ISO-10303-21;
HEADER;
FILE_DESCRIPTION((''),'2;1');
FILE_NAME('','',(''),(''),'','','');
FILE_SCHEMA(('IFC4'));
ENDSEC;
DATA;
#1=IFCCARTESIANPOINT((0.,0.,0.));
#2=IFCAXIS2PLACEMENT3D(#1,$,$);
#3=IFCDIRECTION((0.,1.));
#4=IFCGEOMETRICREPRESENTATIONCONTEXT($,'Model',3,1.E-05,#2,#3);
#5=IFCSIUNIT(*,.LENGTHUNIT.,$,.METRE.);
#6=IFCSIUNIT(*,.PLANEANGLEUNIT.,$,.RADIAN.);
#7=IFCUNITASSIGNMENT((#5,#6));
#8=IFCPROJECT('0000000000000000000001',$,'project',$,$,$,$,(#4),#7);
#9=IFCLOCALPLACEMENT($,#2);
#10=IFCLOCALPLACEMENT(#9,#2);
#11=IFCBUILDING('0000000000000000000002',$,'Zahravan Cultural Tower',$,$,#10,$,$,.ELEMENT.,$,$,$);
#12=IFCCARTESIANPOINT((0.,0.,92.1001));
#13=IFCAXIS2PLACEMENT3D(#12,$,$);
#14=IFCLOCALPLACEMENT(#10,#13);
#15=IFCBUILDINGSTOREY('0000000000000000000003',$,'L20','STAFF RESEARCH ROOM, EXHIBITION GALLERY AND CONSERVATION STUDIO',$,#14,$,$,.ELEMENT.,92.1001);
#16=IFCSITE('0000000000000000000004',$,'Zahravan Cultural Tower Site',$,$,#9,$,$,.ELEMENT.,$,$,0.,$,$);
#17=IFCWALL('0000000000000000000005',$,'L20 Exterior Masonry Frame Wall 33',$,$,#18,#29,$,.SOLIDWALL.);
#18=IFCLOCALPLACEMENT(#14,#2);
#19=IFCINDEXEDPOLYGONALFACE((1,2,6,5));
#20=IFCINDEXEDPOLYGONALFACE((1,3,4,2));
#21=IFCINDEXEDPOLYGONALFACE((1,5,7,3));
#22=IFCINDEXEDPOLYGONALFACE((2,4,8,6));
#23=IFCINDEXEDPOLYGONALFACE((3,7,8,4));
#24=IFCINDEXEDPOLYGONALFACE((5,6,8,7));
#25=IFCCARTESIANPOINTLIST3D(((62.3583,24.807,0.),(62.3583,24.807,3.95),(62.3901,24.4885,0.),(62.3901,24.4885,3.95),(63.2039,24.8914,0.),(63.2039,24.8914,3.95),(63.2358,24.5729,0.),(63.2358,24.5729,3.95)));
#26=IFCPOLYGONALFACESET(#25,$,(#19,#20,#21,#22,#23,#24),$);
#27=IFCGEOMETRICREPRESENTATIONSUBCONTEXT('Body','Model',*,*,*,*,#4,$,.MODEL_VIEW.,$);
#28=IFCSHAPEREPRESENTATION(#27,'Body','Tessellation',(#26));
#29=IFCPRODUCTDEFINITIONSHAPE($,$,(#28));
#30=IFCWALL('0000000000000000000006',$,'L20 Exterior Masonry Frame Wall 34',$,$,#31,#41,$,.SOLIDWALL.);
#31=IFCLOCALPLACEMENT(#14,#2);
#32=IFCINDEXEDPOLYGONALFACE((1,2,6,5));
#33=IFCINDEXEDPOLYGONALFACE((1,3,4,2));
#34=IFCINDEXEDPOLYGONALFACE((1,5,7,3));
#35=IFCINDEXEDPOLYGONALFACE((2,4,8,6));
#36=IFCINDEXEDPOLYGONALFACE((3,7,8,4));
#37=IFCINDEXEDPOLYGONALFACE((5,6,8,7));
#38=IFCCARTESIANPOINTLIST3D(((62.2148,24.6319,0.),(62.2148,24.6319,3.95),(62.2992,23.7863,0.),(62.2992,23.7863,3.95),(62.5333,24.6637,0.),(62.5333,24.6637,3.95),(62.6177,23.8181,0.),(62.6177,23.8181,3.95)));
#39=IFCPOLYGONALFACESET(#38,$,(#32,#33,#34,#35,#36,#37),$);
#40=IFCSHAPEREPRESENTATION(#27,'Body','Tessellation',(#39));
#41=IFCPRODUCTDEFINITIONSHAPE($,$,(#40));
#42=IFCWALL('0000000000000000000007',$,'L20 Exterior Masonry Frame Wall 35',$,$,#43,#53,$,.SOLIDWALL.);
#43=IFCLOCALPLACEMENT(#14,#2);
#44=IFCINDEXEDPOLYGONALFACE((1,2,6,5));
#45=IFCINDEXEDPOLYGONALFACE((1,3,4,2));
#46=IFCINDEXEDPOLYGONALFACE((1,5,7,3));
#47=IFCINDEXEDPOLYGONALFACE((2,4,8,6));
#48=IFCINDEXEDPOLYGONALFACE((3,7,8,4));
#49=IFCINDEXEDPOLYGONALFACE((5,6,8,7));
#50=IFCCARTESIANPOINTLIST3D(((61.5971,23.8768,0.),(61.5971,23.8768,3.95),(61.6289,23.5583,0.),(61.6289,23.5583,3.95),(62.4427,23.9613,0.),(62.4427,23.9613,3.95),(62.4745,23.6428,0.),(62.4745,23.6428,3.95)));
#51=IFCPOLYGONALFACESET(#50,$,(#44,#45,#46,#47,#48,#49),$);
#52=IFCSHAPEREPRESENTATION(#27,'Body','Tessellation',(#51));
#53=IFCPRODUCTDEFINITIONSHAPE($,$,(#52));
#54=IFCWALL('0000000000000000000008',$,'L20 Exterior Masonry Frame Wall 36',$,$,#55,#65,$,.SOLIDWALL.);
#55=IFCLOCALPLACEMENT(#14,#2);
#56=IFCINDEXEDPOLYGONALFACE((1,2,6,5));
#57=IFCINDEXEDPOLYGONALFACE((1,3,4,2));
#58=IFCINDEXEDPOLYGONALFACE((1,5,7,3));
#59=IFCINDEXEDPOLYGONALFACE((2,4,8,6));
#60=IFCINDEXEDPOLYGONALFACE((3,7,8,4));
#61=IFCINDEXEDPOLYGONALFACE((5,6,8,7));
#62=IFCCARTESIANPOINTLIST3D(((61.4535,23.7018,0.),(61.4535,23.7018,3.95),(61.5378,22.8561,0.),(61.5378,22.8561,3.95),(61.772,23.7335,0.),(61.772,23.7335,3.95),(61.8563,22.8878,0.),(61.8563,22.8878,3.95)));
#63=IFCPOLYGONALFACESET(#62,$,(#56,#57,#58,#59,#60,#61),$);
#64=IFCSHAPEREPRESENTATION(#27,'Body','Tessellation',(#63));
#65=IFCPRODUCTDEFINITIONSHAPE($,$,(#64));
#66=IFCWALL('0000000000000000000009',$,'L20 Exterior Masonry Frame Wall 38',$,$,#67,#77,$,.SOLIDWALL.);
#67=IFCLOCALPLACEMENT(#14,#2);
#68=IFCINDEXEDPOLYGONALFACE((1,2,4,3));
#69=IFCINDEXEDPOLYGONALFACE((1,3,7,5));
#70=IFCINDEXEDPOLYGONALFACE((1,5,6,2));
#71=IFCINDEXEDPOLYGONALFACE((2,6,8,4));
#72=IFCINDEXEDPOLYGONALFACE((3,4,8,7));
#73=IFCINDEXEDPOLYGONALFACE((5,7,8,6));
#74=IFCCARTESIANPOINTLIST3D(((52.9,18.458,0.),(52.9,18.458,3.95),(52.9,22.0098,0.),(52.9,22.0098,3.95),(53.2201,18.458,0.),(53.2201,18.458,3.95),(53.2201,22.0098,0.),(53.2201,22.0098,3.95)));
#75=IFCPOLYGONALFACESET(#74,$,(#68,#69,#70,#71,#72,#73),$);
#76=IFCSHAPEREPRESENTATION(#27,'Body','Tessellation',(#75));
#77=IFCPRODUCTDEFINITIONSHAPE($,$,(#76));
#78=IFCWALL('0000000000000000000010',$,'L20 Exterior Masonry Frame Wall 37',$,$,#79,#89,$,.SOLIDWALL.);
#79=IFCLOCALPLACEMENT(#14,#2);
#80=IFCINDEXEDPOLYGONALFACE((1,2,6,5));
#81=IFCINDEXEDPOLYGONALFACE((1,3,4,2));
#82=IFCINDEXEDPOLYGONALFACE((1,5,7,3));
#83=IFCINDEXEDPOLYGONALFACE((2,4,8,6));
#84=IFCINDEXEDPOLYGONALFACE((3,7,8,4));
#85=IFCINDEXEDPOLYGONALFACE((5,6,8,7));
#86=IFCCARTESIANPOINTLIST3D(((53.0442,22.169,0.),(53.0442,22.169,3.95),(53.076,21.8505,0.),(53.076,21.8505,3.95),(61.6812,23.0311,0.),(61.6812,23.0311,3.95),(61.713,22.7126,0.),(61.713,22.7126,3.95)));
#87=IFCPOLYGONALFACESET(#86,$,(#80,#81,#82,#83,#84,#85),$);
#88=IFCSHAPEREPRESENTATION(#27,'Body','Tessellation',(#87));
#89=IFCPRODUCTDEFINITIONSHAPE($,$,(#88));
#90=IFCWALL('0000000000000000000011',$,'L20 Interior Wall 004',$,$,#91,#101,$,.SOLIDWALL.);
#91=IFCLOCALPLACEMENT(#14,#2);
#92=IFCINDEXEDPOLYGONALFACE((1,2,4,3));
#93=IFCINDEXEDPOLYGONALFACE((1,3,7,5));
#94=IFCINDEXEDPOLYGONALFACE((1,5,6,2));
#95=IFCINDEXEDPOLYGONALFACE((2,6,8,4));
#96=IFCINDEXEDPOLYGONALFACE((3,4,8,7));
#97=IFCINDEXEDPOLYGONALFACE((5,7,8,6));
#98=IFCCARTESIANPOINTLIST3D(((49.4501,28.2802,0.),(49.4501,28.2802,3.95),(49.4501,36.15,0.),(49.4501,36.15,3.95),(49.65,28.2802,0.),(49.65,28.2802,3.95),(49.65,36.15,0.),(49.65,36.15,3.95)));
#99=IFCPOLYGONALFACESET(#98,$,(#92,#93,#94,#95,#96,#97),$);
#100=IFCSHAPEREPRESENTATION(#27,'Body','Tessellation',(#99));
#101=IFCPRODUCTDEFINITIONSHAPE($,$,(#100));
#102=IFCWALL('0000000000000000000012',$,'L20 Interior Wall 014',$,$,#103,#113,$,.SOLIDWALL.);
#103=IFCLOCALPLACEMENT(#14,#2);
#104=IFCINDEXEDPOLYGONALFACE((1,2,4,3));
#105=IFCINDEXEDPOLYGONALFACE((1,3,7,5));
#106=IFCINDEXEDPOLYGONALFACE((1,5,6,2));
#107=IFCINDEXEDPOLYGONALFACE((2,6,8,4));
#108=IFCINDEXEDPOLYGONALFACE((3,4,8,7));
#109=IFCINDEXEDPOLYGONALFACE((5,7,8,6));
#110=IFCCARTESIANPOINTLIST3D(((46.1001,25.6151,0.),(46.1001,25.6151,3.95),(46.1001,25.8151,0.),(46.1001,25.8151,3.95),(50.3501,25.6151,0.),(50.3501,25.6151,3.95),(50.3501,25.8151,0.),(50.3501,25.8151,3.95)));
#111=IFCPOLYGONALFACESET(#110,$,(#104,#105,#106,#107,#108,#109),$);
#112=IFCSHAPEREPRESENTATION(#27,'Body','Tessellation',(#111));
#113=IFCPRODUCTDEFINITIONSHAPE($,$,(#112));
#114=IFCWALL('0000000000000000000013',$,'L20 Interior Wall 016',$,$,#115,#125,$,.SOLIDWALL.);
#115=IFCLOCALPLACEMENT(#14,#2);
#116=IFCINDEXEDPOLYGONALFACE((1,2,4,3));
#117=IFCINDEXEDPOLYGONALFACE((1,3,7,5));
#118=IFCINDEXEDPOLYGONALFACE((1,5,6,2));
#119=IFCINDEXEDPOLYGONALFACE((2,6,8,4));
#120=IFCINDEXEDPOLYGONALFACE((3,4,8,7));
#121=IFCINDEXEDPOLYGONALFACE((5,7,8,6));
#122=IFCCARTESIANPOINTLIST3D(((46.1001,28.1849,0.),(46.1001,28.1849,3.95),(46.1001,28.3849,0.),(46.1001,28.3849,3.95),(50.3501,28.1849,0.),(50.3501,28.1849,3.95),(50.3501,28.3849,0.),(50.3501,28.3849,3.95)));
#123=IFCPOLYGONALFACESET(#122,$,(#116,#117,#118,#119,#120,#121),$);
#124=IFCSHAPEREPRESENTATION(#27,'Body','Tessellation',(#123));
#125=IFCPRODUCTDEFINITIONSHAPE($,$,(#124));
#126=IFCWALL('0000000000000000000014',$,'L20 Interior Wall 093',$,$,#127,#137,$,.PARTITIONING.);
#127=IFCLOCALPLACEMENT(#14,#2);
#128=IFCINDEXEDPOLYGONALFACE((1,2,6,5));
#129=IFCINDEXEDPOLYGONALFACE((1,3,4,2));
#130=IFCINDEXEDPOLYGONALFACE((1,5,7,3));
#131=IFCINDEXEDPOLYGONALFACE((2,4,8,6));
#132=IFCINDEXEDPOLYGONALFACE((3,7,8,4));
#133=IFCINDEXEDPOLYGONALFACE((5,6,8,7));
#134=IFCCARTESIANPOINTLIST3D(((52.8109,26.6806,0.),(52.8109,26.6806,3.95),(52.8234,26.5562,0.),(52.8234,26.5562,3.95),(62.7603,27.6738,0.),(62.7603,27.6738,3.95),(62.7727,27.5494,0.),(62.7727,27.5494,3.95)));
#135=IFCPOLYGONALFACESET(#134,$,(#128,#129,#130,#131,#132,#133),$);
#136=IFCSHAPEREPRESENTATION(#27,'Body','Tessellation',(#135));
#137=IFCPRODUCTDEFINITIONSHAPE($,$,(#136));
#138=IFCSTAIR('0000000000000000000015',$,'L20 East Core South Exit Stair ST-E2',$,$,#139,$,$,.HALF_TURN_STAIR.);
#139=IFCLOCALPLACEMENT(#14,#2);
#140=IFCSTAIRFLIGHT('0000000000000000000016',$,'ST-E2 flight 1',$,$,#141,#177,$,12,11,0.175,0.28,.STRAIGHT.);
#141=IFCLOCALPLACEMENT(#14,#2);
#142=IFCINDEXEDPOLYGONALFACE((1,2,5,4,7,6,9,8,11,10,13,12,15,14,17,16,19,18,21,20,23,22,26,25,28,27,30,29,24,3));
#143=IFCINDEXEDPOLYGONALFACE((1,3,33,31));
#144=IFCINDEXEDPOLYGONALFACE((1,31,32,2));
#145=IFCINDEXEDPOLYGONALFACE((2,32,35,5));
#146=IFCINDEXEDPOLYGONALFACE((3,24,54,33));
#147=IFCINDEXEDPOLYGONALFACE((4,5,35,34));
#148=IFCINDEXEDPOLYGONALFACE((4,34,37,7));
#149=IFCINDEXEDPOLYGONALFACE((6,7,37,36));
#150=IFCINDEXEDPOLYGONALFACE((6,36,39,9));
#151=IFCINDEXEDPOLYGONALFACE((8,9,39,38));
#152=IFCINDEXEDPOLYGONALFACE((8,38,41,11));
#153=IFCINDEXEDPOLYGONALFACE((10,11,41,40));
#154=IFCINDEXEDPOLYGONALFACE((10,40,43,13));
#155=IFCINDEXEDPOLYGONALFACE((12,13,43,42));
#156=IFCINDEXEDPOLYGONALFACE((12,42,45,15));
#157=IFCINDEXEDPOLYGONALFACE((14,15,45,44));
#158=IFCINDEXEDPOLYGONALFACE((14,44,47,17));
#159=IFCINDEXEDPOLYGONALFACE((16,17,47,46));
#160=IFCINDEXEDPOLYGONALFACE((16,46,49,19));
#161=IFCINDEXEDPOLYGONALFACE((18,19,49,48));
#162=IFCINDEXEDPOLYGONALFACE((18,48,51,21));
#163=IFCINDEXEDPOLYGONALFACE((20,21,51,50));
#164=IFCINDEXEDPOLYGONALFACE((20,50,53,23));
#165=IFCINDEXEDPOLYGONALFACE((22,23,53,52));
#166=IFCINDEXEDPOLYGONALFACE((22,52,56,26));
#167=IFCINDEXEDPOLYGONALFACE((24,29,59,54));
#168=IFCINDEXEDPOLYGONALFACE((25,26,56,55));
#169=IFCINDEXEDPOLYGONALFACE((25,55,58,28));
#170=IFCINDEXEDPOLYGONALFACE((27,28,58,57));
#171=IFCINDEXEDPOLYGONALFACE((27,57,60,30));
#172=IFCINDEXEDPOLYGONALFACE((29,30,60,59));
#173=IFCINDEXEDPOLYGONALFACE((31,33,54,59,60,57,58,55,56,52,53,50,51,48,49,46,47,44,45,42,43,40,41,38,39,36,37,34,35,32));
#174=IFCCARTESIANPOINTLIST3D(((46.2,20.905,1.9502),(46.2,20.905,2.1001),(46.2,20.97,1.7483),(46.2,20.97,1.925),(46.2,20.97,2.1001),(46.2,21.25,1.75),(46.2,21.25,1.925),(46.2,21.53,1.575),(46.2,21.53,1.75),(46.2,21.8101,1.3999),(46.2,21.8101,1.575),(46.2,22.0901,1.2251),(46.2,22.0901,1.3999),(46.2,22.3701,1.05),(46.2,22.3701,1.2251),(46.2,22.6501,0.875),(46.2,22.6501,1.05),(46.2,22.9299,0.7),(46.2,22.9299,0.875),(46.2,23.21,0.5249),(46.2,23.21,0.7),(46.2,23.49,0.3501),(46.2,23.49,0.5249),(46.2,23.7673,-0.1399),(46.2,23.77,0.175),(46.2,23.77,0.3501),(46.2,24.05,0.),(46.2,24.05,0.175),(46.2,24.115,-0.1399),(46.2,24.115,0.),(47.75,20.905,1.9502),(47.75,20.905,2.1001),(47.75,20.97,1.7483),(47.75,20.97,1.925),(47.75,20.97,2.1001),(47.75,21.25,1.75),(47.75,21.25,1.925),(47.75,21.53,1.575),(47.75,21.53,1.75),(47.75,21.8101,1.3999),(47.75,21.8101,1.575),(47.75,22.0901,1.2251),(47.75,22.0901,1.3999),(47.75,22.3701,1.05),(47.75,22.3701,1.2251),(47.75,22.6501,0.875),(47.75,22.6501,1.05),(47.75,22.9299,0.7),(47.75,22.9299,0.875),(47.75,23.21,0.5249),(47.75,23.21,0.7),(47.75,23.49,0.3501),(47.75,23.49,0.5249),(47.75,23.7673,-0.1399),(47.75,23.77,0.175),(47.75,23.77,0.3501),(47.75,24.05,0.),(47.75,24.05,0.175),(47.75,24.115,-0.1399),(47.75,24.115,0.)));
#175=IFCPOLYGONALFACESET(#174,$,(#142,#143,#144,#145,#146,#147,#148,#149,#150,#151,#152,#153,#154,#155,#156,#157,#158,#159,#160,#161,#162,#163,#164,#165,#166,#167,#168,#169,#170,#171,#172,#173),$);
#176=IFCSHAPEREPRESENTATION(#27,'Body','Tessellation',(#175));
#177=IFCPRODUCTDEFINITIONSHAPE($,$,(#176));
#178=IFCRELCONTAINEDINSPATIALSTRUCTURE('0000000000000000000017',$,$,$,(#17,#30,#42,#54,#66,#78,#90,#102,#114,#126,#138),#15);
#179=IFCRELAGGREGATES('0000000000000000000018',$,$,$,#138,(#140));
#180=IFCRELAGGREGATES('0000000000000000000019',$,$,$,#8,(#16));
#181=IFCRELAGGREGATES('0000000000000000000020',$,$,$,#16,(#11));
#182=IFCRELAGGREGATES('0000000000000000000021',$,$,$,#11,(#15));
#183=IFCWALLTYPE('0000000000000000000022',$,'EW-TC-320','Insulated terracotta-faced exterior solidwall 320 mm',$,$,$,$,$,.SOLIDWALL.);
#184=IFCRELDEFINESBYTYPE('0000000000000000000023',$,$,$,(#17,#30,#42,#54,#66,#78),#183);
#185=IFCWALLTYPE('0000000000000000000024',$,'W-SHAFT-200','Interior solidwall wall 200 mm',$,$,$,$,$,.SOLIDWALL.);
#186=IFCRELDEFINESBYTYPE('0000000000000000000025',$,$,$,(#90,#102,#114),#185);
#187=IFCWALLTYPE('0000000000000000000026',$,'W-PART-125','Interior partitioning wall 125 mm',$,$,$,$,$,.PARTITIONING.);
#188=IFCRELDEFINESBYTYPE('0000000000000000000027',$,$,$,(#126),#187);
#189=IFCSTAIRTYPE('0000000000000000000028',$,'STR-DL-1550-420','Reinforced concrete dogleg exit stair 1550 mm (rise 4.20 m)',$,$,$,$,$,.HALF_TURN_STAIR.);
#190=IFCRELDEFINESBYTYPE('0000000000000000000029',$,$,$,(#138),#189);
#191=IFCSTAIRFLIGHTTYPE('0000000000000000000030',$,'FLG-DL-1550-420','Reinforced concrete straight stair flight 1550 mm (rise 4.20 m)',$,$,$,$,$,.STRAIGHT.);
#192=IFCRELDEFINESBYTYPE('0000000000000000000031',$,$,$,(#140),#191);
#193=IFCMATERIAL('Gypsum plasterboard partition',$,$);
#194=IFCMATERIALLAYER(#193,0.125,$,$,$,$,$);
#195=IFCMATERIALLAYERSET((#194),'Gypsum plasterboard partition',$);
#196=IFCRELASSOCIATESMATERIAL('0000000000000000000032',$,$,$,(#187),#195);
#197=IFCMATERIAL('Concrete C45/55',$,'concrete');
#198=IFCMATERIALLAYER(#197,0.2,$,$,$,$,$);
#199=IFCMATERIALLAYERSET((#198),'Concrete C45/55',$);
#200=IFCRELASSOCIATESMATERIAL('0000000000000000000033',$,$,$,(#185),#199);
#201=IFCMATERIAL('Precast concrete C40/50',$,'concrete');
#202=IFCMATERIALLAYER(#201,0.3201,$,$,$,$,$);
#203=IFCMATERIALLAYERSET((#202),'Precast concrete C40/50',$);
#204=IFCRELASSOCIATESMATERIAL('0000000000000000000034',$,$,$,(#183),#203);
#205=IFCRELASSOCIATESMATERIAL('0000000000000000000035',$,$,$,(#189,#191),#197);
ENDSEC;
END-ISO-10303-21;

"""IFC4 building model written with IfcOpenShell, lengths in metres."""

from ifc_helpers import new_model, si_unit, direction, frame, frame_2d, origin, place, context, subcontext, project, spatial, polyline, rectangle, outline, extrude, source, transform, mapped, material, layer, layer_set, type_object, element, aggregate, save


model = new_model("IFC4")

# Units and contexts
model_context = context("Model", 3, precision=1e-05, world=origin(), true_north=direction((0.0, 1.0)))
body_context = subcontext(model_context, "Body", "Model", "MODEL_VIEW")
ifc_project = project(units=[si_unit("LENGTHUNIT", "METRE"), si_unit("PLANEANGLEUNIT", "RADIAN")], contexts=[model_context])

# Site, building, storey
site_placement = place(None, origin())
site = spatial("IfcSite", under=ifc_project, at=site_placement, Name="Zahravan Cultural Tower Site", CompositionType="ELEMENT", RefElevation=0.0)
building_placement = place(site_placement, origin())
building = spatial("IfcBuilding", under=site, at=building_placement, Name="Zahravan Cultural Tower", CompositionType="ELEMENT")
storey_placement = place(building_placement, frame((0.0, 0.0, 92.1001)))
storey = spatial("IfcBuildingStorey", under=building, at=storey_placement, Name="L20", Description="STAFF RESEARCH ROOM, EXHIBITION GALLERY AND CONSERVATION STUDIO", CompositionType="ELEMENT", Elevation=92.1001)

# Shared definitions
ifc_material_1 = material(Name="Gypsum plasterboard partition")
ifc_layer_1 = layer(ifc_material_1, 0.125)
ifc_layer_set_1 = layer_set([ifc_layer_1], Name="Gypsum plasterboard partition")
wall_type_1 = type_object("IfcWallType", Name="W-PART-125", Description="Interior partitioning wall 125 mm", PredefinedType="PARTITIONING", material=ifc_layer_set_1)
ifc_material_2 = material(Name="Concrete C45/55", Category="concrete")
ifc_layer_2 = layer(ifc_material_2, 0.2)
ifc_layer_set_2 = layer_set([ifc_layer_2], Name="Concrete C45/55")
wall_type_2 = type_object("IfcWallType", Name="W-SHAFT-200", Description="Interior solidwall wall 200 mm", PredefinedType="SOLIDWALL", material=ifc_layer_set_2)

# Walls
ifc_material_3 = material(Name="Precast concrete C40/50", Category="concrete")
ifc_layer_3 = layer(ifc_material_3, 0.3201)
ifc_layer_set_3 = layer_set([ifc_layer_3], Name="Precast concrete C40/50")
wall_type_3 = type_object("IfcWallType", Name="EW-TC-320", Description="Insulated terracotta-faced exterior solidwall 320 mm", PredefinedType="SOLIDWALL", material=ifc_layer_set_3)
shared_shape_1 = source(origin(), body_context, "Body", "SweptSolid", [
    extrude(rectangle(XDim=0.8499, YDim=0.3201, at=frame_2d((0.4248, 0.0))), origin(), (0.0, 0.0, 1.0), 3.95),
])
for number, where, z_axis, x_axis, name in (
    (1, (63.2197, 24.7322, 0.0), (0.0, 0.0, 1.0), (-0.995049, -0.09939, 0.0), "L20 Exterior Masonry Frame Wall 33"),
    (2, (62.374, 24.6477, 0.0), (0.0, 0.0, 1.0), (0.09939, -0.995049, 0.0), "L20 Exterior Masonry Frame Wall 34"),
    (3, (62.4585, 23.802, 0.0), (0.0, 0.0, 1.0), (-0.995049, -0.09939, 0.0), "L20 Exterior Masonry Frame Wall 35"),
    (4, (61.6128, 23.7175, 0.0), (0.0, 0.0, 1.0), (0.099106, -0.995077, 0.0), "L20 Exterior Masonry Frame Wall 36"),
):
    element("IfcWall", number, at=place(storey_placement, frame(where, z_axis=z_axis, x_axis=x_axis)), inside=storey, type_object=wall_type_3, Name=name, PredefinedType="SOLIDWALL", context=body_context, shape_type="MappedRepresentation", body=[
        mapped(shared_shape_1, transform((0.0, 0.0, 0.0), x_axis=(1.0, 0.0, 0.0), y_axis=(0.0, 1.0, 0.0), z_axis=(0.0, 0.0, 1.0), scale=1.0)),
    ])
shared_shape_2 = source(origin(), body_context, "Body", "SweptSolid", [
    extrude(rectangle(XDim=3.5518, YDim=0.3201, at=frame_2d((1.7759, 0.0))), origin(), (0.0, 0.0, 1.0), 3.95),
])
wall_1_placement = place(storey_placement, frame((53.0601, 22.0098, 0.0), z_axis=(0.0, 0.0, 1.0), x_axis=(0.0, -1.0, 0.0)))
element("IfcWall", 5, at=wall_1_placement, inside=storey, type_object=wall_type_3, Name="L20 Exterior Masonry Frame Wall 38", PredefinedType="SOLIDWALL", context=body_context, shape_type="MappedRepresentation", body=[
    mapped(shared_shape_2, transform((0.0, 0.0, 0.0), x_axis=(1.0, 0.0, 0.0), y_axis=(0.0, 1.0, 0.0), z_axis=(0.0, 0.0, 1.0), scale=1.0)),
])
shared_shape_3 = source(origin(), body_context, "Body", "SweptSolid", [
    extrude(rectangle(XDim=8.6799, YDim=0.3201, at=frame_2d((4.3398, 0.0))), origin(), (0.0, 0.0, 1.0), 3.95),
])
wall_2_placement = place(storey_placement, frame((61.697, 22.8718, 0.0), z_axis=(0.0, 0.0, 1.0), x_axis=(-0.995056, -0.099317, 0.0)))
element("IfcWall", 6, at=wall_2_placement, inside=storey, type_object=wall_type_3, Name="L20 Exterior Masonry Frame Wall 37", PredefinedType="SOLIDWALL", context=body_context, shape_type="MappedRepresentation", body=[
    mapped(shared_shape_3, transform((0.0, 0.0, 0.0), x_axis=(1.0, 0.0, 0.0), y_axis=(0.0, 1.0, 0.0), z_axis=(0.0, 0.0, 1.0), scale=1.0)),
])
shared_shape_4 = source(origin(), body_context, "Body", "SweptSolid", [
    extrude(rectangle(XDim=7.8699, YDim=0.2, at=frame_2d((3.9351, 0.0))), origin(), (0.0, 0.0, 1.0), 3.95),
])
wall_3_placement = place(storey_placement, frame((49.55, 28.28, 0.0), z_axis=(0.0, 0.0, 1.0), x_axis=(0.0, 1.0, 0.0)))
element("IfcWall", 7, at=wall_3_placement, inside=storey, type_object=wall_type_2, Name="L20 Interior Wall 004", PredefinedType="SOLIDWALL", context=body_context, shape_type="MappedRepresentation", body=[
    mapped(shared_shape_4, transform((0.0, 0.0, 0.0), x_axis=(1.0, 0.0, 0.0), y_axis=(0.0, 1.0, 0.0), z_axis=(0.0, 0.0, 1.0), scale=1.0)),
])
shared_shape_5 = source(origin(), body_context, "Body", "SweptSolid", [
    extrude(rectangle(XDim=4.25, YDim=0.2, at=frame_2d((2.125, 0.0))), origin(), (0.0, 0.0, 1.0), 3.95),
])
for number, where, z_axis, x_axis, name in (
    (8, (46.1001, 25.7151, 0.0), (0.0, 0.0, 1.0), (1.0, 0.0, 0.0), "L20 Interior Wall 014"),
    (9, (46.1001, 28.2849, 0.0), (0.0, 0.0, 1.0), (1.0, 0.0, 0.0), "L20 Interior Wall 016"),
):
    element("IfcWall", number, at=place(storey_placement, frame(where, z_axis=z_axis, x_axis=x_axis)), inside=storey, type_object=wall_type_2, Name=name, PredefinedType="SOLIDWALL", context=body_context, shape_type="MappedRepresentation", body=[
        mapped(shared_shape_5, transform((0.0, 0.0, 0.0), x_axis=(1.0, 0.0, 0.0), y_axis=(0.0, 1.0, 0.0), z_axis=(0.0, 0.0, 1.0), scale=1.0)),
    ])
shared_shape_6 = source(origin(), body_context, "Body", "SweptSolid", [
    extrude(rectangle(XDim=9.9988, YDim=0.125, at=frame_2d((4.9995, 0.0))), origin(), (0.0, 0.0, 1.0), 3.95),
])
wall_4_placement = place(storey_placement, frame((62.7666, 27.6116, 0.0), z_axis=(0.0, 0.0, 1.0), x_axis=(-0.995055, -0.09933, 0.0)))
element("IfcWall", 10, at=wall_4_placement, inside=storey, type_object=wall_type_1, Name="L20 Interior Wall 093", PredefinedType="PARTITIONING", context=body_context, shape_type="MappedRepresentation", body=[
    mapped(shared_shape_6, transform((0.0, 0.0, 0.0), x_axis=(1.0, 0.0, 0.0), y_axis=(0.0, 1.0, 0.0), z_axis=(0.0, 0.0, 1.0), scale=1.0)),
])

# Stair, stair flight
stair_type = type_object("IfcStairType", Name="STR-DL-1550-420", Description="Reinforced concrete dogleg exit stair 1550 mm (rise 4.20 m)", PredefinedType="HALF_TURN_STAIR", material=ifc_material_2)
stair_placement = place(storey_placement, origin())
stair = element("IfcStair", 11, at=stair_placement, inside=storey, type_object=stair_type, Name="L20 East Core South Exit Stair ST-E2", PredefinedType="HALF_TURN_STAIR")
stair_flight_type = type_object("IfcStairFlightType", Name="FLG-DL-1550-420", Description="Reinforced concrete straight stair flight 1550 mm (rise 4.20 m)", PredefinedType="STRAIGHT", material=ifc_material_2)
stair_flight_1_placement = place(storey_placement, frame((46.9751, 24.05, 0.0), z_axis=(0.0, 0.0, 1.0), x_axis=(0.0, -1.0, 0.0)))
stair_flight_1 = element("IfcStairFlight", 12, at=stair_flight_1_placement, type_object=stair_flight_type, Name="ST-E2 flight 1", NumberOfRisers=12, NumberOfTreads=11, PredefinedType="STRAIGHT", RiserHeight=0.175, TreadLength=0.28, context=body_context, shape_type="SweptSolid", body=[
    extrude(outline(polyline([(-0.0649, -0.1399), (-0.0649, 0.0), (0.0, 0.0), (0.0, 0.175), (0.28, 0.175), (0.28, 0.3501), (0.5601, 0.3501), (0.5601, 0.5249), (0.8401, 0.5249), (0.8401, 0.7), (1.1201, 0.7), (1.1201, 0.875), (1.3999, 0.875), (1.3999, 1.05), (1.6799, 1.05), (1.6799, 1.2251), (1.96, 1.2251), (1.96, 1.3999), (2.24, 1.3999), (2.24, 1.575), (2.52, 1.575), (2.52, 1.75), (2.8, 1.75), (2.8, 1.925), (3.0801, 1.925), (3.0801, 2.1001), (3.145, 2.1001), (3.145, 1.9502), (3.0801, 1.7483), (0.2827, -0.1399), (-0.0649, -0.1399)])), frame((0.0, 0.7749, 0.0), z_axis=(0.0, -1.0, 0.0), x_axis=(1.0, 0.0, 0.0)), (0.0, 0.0, 1.0), 1.55),
])
aggregate(stair, [stair_flight_1])

save(model, "model.ifc")
